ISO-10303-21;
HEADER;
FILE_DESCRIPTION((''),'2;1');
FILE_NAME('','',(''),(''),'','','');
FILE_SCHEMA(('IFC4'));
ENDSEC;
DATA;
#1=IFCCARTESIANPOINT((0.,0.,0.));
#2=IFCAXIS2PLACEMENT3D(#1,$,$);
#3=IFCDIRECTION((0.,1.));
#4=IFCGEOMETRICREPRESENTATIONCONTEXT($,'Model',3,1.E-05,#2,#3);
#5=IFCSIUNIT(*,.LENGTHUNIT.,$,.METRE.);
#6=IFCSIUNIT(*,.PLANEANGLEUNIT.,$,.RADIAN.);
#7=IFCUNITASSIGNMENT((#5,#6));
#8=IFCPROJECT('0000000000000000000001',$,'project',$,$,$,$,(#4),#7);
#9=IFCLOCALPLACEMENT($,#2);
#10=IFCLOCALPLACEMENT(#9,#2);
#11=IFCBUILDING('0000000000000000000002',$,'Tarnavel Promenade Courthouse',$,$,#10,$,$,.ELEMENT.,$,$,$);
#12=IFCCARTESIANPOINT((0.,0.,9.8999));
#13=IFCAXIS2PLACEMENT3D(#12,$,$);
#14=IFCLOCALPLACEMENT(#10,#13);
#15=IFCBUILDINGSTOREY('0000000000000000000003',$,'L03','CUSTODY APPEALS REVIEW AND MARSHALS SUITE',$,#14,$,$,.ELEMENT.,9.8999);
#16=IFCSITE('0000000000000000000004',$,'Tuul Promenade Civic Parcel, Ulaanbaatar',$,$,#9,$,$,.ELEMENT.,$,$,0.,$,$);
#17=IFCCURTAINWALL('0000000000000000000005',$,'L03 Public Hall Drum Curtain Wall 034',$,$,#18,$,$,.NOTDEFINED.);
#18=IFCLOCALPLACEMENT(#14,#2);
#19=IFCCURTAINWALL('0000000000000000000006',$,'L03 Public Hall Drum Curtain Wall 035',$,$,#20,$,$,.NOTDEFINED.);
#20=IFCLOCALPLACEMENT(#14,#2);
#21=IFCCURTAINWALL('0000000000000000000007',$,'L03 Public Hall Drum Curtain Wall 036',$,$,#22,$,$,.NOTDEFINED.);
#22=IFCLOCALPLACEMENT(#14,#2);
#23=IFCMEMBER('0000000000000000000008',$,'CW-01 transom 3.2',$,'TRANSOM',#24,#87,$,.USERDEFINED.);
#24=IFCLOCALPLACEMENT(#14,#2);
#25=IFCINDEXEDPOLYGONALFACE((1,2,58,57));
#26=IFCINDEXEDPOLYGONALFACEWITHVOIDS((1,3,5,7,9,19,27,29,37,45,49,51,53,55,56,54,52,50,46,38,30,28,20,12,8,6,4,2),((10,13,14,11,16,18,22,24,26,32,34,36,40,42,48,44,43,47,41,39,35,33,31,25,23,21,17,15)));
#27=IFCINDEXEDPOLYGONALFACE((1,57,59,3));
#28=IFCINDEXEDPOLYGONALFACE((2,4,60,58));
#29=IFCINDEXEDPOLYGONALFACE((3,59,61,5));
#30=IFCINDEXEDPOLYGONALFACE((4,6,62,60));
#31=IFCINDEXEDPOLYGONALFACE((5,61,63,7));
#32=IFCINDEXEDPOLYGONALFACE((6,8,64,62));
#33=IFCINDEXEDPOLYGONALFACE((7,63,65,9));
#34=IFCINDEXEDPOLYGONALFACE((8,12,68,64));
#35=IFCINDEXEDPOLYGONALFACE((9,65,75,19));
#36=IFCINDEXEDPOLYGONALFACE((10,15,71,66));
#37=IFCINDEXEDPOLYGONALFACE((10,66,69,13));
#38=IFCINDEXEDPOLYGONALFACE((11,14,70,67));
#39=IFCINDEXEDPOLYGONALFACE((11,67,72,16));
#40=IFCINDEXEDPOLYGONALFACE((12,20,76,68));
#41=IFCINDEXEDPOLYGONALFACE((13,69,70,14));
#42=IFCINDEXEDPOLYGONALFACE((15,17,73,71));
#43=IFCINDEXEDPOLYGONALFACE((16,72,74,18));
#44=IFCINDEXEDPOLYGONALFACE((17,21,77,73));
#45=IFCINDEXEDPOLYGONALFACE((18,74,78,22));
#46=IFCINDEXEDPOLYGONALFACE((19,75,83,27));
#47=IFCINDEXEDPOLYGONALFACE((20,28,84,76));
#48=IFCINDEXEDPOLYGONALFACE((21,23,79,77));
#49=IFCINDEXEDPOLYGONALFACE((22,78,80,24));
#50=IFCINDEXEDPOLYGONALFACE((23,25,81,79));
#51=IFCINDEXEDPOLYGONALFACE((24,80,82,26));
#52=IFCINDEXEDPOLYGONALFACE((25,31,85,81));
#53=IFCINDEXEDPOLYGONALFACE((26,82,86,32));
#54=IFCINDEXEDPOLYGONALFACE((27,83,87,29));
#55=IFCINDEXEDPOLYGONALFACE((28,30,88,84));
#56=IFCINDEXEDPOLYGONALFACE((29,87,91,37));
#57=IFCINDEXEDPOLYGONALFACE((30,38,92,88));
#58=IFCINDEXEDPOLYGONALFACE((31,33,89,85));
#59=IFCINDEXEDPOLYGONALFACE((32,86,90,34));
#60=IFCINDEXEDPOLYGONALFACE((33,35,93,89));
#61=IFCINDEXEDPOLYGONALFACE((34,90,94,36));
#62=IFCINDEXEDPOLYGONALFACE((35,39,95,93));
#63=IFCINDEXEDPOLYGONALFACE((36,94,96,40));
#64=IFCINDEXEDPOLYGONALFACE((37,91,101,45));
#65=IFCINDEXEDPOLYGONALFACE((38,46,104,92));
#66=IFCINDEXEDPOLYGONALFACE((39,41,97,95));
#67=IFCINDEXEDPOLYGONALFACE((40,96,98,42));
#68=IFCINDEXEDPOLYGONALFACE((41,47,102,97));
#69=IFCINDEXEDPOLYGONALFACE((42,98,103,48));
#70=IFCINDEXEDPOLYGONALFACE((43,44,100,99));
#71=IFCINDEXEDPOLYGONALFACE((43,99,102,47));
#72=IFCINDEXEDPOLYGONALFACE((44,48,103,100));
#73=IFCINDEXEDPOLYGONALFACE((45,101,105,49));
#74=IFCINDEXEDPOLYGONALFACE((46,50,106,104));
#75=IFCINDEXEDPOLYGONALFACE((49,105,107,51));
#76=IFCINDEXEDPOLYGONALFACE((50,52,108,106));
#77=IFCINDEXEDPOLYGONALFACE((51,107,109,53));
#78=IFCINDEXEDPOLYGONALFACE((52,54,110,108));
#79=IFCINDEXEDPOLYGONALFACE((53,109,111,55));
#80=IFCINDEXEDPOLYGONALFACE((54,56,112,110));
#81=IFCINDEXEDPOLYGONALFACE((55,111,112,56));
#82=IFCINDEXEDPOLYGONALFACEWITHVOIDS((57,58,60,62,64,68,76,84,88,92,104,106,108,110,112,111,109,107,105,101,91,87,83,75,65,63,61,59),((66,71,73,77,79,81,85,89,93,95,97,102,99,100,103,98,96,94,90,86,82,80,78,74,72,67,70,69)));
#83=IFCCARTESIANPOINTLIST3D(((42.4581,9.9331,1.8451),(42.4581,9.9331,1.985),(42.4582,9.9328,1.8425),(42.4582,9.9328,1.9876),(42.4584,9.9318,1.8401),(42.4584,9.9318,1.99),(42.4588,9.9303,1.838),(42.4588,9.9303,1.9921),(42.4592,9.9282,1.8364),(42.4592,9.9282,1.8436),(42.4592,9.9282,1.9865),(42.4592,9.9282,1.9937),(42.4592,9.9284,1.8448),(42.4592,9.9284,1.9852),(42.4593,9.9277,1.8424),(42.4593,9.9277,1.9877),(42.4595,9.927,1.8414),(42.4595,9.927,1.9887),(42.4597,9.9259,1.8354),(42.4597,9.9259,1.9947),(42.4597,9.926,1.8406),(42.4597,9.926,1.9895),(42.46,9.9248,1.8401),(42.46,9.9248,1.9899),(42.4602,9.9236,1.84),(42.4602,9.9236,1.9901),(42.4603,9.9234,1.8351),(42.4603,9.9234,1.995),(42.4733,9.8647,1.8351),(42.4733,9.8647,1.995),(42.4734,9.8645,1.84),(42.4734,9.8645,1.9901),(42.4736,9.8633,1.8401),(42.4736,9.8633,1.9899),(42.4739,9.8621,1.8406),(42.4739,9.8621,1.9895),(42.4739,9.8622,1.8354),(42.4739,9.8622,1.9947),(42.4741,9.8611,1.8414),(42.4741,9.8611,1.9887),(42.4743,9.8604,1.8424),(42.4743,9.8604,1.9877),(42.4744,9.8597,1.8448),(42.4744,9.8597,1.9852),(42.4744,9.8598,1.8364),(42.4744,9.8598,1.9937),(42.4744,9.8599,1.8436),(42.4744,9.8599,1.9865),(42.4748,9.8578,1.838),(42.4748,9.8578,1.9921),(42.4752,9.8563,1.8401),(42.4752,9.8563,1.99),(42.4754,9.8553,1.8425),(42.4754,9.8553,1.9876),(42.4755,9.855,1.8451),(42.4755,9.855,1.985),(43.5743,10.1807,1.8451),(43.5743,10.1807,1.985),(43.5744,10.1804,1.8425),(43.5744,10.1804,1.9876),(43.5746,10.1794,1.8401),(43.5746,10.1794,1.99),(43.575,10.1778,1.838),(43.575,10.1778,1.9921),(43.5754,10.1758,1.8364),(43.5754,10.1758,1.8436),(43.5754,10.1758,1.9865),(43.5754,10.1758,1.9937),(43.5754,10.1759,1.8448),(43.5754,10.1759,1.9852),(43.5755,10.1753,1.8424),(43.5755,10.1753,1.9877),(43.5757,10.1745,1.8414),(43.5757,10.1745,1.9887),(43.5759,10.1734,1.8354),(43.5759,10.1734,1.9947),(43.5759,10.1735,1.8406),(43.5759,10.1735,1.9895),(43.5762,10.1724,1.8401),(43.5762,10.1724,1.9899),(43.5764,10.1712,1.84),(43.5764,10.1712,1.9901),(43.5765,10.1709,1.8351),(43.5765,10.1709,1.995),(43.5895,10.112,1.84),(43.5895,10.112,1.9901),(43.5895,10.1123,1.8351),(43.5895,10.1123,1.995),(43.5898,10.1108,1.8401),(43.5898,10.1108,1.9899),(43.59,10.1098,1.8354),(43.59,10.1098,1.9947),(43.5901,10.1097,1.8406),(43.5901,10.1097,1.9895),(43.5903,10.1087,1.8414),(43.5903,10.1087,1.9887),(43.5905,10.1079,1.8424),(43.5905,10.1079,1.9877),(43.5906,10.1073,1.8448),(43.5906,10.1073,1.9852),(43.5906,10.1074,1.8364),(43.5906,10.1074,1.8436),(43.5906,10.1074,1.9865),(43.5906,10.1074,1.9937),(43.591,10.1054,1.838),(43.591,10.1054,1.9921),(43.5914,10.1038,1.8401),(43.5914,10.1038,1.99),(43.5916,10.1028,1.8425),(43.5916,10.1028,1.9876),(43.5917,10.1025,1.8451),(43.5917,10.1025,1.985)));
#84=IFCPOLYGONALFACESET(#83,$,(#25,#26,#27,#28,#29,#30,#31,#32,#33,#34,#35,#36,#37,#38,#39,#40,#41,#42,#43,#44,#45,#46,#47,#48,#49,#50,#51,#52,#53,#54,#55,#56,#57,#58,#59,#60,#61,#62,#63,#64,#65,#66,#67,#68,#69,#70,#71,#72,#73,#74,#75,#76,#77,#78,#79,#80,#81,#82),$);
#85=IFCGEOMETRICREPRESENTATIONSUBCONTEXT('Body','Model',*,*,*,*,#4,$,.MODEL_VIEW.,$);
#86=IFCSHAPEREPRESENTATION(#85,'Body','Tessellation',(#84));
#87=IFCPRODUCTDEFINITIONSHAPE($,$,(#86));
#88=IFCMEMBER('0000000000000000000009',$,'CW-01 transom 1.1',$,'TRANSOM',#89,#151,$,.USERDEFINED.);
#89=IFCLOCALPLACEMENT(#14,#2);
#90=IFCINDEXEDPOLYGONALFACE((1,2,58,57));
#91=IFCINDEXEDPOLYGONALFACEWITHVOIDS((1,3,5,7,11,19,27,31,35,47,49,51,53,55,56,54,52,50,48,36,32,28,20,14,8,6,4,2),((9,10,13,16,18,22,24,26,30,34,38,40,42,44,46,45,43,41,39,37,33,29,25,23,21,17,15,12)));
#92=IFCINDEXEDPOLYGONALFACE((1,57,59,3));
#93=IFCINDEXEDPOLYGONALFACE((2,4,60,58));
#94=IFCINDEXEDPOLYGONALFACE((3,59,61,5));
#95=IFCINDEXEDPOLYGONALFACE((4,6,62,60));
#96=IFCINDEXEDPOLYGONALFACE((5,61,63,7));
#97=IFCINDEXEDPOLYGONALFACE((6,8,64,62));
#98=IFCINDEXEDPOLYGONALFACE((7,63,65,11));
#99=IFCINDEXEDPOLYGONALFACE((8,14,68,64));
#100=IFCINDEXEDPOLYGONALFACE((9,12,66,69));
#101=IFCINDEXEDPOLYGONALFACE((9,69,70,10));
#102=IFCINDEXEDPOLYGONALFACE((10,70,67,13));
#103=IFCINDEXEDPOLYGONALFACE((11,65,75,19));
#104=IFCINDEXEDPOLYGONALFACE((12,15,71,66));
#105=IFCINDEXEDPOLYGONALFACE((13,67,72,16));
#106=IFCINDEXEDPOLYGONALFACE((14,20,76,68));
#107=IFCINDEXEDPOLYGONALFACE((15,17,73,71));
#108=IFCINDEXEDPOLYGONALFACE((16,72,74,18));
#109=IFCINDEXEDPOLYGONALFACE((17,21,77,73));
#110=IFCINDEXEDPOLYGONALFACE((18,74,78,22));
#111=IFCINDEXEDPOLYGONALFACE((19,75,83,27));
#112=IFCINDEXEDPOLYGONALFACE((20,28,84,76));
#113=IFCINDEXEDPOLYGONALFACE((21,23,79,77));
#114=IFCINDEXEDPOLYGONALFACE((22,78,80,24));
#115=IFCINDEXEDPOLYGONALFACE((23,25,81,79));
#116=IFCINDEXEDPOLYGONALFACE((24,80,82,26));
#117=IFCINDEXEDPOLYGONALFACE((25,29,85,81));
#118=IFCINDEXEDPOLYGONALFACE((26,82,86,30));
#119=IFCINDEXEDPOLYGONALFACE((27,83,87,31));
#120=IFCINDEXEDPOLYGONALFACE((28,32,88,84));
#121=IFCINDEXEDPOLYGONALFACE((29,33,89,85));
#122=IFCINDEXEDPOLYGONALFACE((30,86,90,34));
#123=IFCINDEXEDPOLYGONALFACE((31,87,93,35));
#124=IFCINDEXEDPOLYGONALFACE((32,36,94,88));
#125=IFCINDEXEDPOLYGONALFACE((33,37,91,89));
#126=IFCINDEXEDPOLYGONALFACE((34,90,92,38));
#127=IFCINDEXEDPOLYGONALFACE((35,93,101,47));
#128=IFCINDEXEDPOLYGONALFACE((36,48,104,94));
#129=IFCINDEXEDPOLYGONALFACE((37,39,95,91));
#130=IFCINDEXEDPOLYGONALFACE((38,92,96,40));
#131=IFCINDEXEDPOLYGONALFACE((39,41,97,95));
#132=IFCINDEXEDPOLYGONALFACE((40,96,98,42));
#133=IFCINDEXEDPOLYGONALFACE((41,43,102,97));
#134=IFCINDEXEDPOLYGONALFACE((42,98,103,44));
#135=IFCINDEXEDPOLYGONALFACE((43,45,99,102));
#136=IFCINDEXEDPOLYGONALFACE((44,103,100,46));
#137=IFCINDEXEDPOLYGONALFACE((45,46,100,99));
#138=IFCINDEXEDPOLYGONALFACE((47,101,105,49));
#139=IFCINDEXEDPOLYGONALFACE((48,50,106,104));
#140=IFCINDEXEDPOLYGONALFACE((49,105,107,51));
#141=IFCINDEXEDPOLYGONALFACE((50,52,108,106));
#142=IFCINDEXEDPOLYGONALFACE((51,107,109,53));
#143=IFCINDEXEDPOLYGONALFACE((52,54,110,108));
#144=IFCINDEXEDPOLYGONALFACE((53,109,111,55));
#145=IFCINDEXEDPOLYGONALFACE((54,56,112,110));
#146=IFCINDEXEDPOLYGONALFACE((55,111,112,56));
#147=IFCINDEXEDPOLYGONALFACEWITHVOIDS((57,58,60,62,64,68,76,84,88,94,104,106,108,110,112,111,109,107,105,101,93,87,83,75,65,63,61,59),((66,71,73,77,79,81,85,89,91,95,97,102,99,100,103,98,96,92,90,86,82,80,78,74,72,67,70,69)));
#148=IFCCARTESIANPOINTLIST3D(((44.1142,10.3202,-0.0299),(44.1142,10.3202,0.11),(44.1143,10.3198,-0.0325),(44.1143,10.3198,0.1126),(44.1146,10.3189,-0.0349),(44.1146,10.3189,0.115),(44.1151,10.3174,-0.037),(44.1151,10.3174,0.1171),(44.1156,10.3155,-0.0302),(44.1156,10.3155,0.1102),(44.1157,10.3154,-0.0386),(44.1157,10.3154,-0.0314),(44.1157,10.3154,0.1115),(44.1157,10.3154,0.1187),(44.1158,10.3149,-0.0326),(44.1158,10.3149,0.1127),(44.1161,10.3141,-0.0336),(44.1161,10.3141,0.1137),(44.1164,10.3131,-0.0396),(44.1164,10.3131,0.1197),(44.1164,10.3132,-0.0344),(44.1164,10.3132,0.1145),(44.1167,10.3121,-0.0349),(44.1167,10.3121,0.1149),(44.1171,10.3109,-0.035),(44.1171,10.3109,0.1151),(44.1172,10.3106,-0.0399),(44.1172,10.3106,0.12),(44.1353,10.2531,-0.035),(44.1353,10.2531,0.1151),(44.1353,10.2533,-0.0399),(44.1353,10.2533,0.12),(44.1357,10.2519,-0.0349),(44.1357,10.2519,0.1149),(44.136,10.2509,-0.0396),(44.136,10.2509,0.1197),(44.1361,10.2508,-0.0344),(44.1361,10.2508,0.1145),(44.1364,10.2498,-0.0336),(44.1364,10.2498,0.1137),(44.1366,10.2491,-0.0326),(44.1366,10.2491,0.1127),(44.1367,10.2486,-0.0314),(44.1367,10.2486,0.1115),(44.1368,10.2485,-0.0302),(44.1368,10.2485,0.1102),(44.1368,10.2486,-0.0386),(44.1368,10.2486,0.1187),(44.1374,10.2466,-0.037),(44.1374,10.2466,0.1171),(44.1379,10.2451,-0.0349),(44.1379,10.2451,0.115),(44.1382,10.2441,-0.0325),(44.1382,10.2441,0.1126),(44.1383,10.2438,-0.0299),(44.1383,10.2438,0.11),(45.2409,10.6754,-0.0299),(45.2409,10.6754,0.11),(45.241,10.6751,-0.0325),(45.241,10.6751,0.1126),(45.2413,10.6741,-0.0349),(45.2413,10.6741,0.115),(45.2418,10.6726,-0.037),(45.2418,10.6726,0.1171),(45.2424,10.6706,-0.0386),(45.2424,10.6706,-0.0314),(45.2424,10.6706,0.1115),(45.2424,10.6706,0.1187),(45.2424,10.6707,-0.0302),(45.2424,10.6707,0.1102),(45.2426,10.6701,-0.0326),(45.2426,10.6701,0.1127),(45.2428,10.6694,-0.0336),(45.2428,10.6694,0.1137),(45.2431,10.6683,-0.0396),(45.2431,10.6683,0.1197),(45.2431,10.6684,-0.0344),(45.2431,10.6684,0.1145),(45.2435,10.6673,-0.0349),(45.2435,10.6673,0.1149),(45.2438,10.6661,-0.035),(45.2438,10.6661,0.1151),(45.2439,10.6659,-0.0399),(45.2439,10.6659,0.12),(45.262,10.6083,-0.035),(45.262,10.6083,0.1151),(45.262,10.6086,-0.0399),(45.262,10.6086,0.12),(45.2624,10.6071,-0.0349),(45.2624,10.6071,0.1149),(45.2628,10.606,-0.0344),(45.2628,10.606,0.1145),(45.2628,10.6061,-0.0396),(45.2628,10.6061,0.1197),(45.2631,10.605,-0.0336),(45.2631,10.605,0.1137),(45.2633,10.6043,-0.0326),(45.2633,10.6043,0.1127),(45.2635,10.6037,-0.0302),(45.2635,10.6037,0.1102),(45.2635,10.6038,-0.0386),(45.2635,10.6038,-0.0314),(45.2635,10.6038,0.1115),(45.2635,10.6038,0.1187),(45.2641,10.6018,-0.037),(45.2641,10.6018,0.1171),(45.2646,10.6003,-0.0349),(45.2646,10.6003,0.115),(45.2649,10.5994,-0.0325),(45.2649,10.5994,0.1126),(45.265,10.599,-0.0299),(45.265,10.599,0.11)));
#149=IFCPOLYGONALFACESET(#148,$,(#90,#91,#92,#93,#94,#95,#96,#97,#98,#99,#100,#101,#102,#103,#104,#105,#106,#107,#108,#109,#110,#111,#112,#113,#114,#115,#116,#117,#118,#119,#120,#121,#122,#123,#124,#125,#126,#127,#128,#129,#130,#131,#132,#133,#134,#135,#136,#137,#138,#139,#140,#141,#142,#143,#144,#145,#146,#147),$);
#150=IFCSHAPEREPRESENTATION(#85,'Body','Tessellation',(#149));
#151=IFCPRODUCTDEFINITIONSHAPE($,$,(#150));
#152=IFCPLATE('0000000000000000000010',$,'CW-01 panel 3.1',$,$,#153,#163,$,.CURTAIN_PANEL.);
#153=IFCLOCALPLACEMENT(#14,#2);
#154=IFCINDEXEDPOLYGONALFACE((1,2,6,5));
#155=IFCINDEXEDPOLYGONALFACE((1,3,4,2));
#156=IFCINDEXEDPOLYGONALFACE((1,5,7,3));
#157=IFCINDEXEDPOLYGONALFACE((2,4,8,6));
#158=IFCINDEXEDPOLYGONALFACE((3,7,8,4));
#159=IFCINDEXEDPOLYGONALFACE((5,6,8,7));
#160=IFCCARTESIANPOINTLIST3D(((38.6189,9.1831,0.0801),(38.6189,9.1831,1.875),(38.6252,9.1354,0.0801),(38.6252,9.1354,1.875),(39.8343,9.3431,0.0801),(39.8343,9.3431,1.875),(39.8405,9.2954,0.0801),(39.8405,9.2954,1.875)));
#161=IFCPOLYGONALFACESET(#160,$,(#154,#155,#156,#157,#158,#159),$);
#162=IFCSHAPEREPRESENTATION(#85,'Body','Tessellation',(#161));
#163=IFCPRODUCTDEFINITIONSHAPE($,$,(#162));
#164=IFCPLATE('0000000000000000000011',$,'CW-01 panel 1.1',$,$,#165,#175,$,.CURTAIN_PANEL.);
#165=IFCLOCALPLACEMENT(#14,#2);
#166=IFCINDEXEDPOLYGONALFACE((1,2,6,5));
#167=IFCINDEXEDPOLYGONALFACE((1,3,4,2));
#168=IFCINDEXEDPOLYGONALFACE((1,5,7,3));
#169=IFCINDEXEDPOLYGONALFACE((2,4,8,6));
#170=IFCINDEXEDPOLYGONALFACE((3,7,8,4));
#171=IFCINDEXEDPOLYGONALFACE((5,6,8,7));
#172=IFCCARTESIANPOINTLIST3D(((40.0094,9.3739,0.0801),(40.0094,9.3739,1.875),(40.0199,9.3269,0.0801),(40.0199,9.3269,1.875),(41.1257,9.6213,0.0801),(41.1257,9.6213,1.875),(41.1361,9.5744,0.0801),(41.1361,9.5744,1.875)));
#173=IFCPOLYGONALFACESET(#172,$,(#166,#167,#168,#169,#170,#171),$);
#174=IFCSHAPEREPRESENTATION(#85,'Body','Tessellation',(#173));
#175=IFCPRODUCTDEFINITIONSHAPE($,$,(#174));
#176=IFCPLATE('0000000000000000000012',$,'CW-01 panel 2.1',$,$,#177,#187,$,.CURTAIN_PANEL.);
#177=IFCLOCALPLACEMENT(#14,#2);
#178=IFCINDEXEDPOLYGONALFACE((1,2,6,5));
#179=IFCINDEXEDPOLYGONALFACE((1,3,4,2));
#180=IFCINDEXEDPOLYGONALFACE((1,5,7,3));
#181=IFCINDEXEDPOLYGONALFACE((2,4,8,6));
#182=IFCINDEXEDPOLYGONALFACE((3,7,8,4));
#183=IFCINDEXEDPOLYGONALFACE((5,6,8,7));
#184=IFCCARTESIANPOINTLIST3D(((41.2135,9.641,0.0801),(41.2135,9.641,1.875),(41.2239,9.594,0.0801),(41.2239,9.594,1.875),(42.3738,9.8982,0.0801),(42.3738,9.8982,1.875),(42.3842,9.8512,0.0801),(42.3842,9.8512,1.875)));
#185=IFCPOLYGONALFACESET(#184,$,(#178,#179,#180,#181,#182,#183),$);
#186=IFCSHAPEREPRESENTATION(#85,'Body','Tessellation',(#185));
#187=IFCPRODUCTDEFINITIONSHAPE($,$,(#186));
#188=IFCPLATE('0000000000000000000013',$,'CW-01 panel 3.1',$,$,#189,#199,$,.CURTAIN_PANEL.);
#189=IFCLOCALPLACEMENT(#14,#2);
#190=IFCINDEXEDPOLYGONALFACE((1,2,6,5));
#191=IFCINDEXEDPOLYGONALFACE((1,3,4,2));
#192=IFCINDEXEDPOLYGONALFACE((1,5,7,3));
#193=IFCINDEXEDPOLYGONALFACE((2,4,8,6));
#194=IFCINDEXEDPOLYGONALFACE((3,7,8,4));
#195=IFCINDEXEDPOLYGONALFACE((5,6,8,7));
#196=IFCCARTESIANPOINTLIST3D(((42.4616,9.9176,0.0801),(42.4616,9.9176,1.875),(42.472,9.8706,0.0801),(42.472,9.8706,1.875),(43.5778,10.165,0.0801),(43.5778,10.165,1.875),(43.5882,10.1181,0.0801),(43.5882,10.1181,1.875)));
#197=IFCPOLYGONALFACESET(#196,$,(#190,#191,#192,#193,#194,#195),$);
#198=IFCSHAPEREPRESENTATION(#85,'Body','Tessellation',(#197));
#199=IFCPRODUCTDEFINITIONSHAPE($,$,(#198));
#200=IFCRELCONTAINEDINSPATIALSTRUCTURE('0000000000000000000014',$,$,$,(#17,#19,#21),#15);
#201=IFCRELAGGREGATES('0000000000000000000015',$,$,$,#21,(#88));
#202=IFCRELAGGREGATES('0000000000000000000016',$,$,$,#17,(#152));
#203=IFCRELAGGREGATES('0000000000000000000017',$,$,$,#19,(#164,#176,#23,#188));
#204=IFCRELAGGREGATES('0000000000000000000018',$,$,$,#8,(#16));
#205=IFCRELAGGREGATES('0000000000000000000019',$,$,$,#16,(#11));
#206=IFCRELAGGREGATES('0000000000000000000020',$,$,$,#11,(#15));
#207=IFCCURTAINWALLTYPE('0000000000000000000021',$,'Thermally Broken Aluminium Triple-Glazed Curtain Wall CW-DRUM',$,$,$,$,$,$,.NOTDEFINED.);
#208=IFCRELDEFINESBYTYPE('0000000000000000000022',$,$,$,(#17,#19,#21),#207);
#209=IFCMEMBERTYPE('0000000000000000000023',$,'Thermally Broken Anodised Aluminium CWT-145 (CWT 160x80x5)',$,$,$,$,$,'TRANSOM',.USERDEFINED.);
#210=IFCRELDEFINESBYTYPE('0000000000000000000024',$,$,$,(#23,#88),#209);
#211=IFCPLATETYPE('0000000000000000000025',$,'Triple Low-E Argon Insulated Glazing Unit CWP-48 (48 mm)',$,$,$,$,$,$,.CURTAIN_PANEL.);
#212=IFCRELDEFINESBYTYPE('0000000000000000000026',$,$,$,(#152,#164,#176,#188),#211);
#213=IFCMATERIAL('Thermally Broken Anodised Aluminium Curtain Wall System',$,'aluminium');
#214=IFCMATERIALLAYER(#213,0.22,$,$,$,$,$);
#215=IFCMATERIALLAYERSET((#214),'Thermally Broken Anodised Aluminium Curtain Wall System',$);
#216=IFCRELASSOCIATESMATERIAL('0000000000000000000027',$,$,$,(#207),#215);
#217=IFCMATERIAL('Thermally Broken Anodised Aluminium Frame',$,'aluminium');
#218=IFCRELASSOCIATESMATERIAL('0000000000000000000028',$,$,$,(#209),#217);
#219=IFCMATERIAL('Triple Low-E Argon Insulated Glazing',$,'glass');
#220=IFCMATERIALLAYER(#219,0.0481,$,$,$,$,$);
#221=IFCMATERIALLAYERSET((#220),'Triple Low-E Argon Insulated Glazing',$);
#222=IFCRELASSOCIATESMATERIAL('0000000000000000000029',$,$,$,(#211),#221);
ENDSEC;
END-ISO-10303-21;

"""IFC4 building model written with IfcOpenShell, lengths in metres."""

from ifc_helpers import new_model, si_unit, direction, frame, origin, origin_2d, place, context, subcontext, project, spatial, rectangle, hollow_rectangle, extrude, material, layer, layer_set, material_profile, profile_set, type_object, element, aggregate, save


model = new_model("IFC4")

# Units and contexts
model_context = context("Model", 3, precision=1e-05, world=origin(), true_north=direction((0.0, 1.0)))
body_context = subcontext(model_context, "Body", "Model", "MODEL_VIEW")
ifc_project = project(units=[si_unit("LENGTHUNIT", "METRE"), si_unit("PLANEANGLEUNIT", "RADIAN")], contexts=[model_context])

# Site, building, storey
site_placement = place(None, origin())
site = spatial("IfcSite", under=ifc_project, at=site_placement, Name="Tuul Promenade Civic Parcel, Ulaanbaatar", CompositionType="ELEMENT", RefElevation=0.0)
building_placement = place(site_placement, origin())
building = spatial("IfcBuilding", under=site, at=building_placement, Name="Tarnavel Promenade Courthouse", CompositionType="ELEMENT")
storey_placement = place(building_placement, frame((0.0, 0.0, 9.8999)))
storey = spatial("IfcBuildingStorey", under=building, at=storey_placement, Name="L03", Description="CUSTODY APPEALS REVIEW AND MARSHALS SUITE", CompositionType="ELEMENT", Elevation=9.8999)

# Curtain wall
ifc_material_1 = material(Name="Thermally Broken Anodised Aluminium Curtain Wall System", Category="aluminium")
ifc_layer_1 = layer(ifc_material_1, 0.22)
ifc_layer_set_1 = layer_set([ifc_layer_1], Name="Thermally Broken Anodised Aluminium Curtain Wall System")
curtain_wall_type = type_object("IfcCurtainWallType", Name="Thermally Broken Aluminium Triple-Glazed Curtain Wall CW-DRUM", PredefinedType="NOTDEFINED", material=ifc_layer_set_1)
curtain_wall_1_placement = place(storey_placement, origin())
curtain_wall_1 = element("IfcCurtainWall", 1, at=curtain_wall_1_placement, inside=storey, type_object=curtain_wall_type, Name="L03 Public Hall Drum Curtain Wall 034", PredefinedType="NOTDEFINED")
ifc_material_2 = material(Name="Thermally Broken Anodised Aluminium Frame", Category="aluminium")

# Curtain wall
curtain_wall_2_placement = place(storey_placement, origin())
curtain_wall_2 = element("IfcCurtainWall", 2, at=curtain_wall_2_placement, inside=storey, type_object=curtain_wall_type, Name="L03 Public Hall Drum Curtain Wall 035", PredefinedType="NOTDEFINED")

# Curtain wall
curtain_wall_3_placement = place(storey_placement, origin())
curtain_wall_3 = element("IfcCurtainWall", 3, at=curtain_wall_3_placement, inside=storey, type_object=curtain_wall_type, Name="L03 Public Hall Drum Curtain Wall 036", PredefinedType="NOTDEFINED")

# Members
ifc_material_profile_1 = material_profile(ifc_material_2, hollow_rectangle(XDim=0.0801, YDim=0.1599, WallThickness=0.0049, InnerFilletRadius=0.0049, OuterFilletRadius=0.01, at=origin_2d()), Name="CWT 160x80x5")
ifc_profile_set_1 = profile_set([ifc_material_profile_1], Name="Thermally Broken Anodised Aluminium Frame")
member_type_1 = type_object("IfcMemberType", Name="Thermally Broken Anodised Aluminium CWT-145 (CWT 160x80x5)", ElementType="TRANSOM", PredefinedType="USERDEFINED", material=ifc_profile_set_1)
member_1_placement = place(storey_placement, frame((42.4668, 9.894, 1.915), z_axis=(0.976277, 0.216523, 0.0), x_axis=(-0.216523, 0.976277, 0.0)))
member_1 = element("IfcMember", 4, at=member_1_placement, type_object=member_type_1, Name="CW-01 transom 3.2", ObjectType="TRANSOM", PredefinedType="USERDEFINED", context=body_context, shape_type="SweptSolid", body=[
    extrude(hollow_rectangle(XDim=0.0801, YDim=0.1599, WallThickness=0.0049, InnerFilletRadius=0.0049, OuterFilletRadius=0.01, at=origin_2d()), origin(), (0.0, 0.0, 1.0), 1.1433),
])
member_2_placement = place(storey_placement, frame((44.1262, 10.282, 0.04), z_axis=(0.953723, 0.300686, 0.0), x_axis=(-0.300686, 0.953723, 0.0)))
member_2 = element("IfcMember", 5, at=member_2_placement, type_object=member_type_1, Name="CW-01 transom 1.1", ObjectType="TRANSOM", PredefinedType="USERDEFINED", context=body_context, shape_type="SweptSolid", body=[
    extrude(hollow_rectangle(XDim=0.0801, YDim=0.1599, WallThickness=0.0049, InnerFilletRadius=0.0049, OuterFilletRadius=0.01, at=origin_2d()), origin(), (0.0, 0.0, 1.0), 1.1814),
])
aggregate(curtain_wall_3, [member_2])

# Plates
ifc_material_3 = material(Name="Triple Low-E Argon Insulated Glazing", Category="glass")
ifc_layer_2 = layer(ifc_material_3, 0.0481)
ifc_layer_set_2 = layer_set([ifc_layer_2], Name="Triple Low-E Argon Insulated Glazing")
plate_type = type_object("IfcPlateType", Name="Triple Low-E Argon Insulated Glazing Unit CWP-48 (48 mm)", PredefinedType="CURTAIN_PANEL", material=ifc_layer_set_2)
plate_1_placement = place(storey_placement, frame((39.2297, 9.2393, 0.0801), z_axis=(0.0, 0.0, 1.0), x_axis=(0.991445, 0.130526, 0.0)))
plate_1 = element("IfcPlate", 6, at=plate_1_placement, type_object=plate_type, Name="CW-01 panel 3.1", PredefinedType="CURTAIN_PANEL", context=body_context, shape_type="SweptSolid", body=[
    extrude(rectangle(XDim=1.2258, YDim=0.0481, at=origin_2d()), origin(), (0.0, 0.0, 1.0), 1.7949),
])
aggregate(curtain_wall_1, [plate_1])
plate_2_placement = place(storey_placement, frame((40.5728, 9.4741, 0.0801), z_axis=(0.0, 0.0, 1.0), x_axis=(0.976296, 0.216439, 0.0)))
plate_2 = element("IfcPlate", 7, at=plate_2_placement, type_object=plate_type, Name="CW-01 panel 1.1", PredefinedType="CURTAIN_PANEL", context=body_context, shape_type="SweptSolid", body=[
    extrude(rectangle(XDim=1.1433, YDim=0.0481, at=origin_2d()), origin(), (0.0, 0.0, 1.0), 1.7949),
])
plate_3_placement = place(storey_placement, frame((41.7988, 9.7461, 0.0801), z_axis=(0.0, 0.0, 1.0), x_axis=(0.976296, 0.216439, 0.0)))
plate_3 = element("IfcPlate", 8, at=plate_3_placement, type_object=plate_type, Name="CW-01 panel 2.1", PredefinedType="CURTAIN_PANEL", context=body_context, shape_type="SweptSolid", body=[
    extrude(rectangle(XDim=1.1885, YDim=0.0481, at=origin_2d()), origin(), (0.0, 0.0, 1.0), 1.7949),
])
plate_4_placement = place(storey_placement, frame((43.0249, 10.0178, 0.0801), z_axis=(0.0, 0.0, 1.0), x_axis=(0.976296, 0.216439, 0.0)))
plate_4 = element("IfcPlate", 9, at=plate_4_placement, type_object=plate_type, Name="CW-01 panel 3.1", PredefinedType="CURTAIN_PANEL", context=body_context, shape_type="SweptSolid", body=[
    extrude(rectangle(XDim=1.1433, YDim=0.0481, at=origin_2d()), origin(), (0.0, 0.0, 1.0), 1.7949),
])
aggregate(curtain_wall_2, [plate_2, plate_3, member_1, plate_4])

save(model, "model.ifc")
